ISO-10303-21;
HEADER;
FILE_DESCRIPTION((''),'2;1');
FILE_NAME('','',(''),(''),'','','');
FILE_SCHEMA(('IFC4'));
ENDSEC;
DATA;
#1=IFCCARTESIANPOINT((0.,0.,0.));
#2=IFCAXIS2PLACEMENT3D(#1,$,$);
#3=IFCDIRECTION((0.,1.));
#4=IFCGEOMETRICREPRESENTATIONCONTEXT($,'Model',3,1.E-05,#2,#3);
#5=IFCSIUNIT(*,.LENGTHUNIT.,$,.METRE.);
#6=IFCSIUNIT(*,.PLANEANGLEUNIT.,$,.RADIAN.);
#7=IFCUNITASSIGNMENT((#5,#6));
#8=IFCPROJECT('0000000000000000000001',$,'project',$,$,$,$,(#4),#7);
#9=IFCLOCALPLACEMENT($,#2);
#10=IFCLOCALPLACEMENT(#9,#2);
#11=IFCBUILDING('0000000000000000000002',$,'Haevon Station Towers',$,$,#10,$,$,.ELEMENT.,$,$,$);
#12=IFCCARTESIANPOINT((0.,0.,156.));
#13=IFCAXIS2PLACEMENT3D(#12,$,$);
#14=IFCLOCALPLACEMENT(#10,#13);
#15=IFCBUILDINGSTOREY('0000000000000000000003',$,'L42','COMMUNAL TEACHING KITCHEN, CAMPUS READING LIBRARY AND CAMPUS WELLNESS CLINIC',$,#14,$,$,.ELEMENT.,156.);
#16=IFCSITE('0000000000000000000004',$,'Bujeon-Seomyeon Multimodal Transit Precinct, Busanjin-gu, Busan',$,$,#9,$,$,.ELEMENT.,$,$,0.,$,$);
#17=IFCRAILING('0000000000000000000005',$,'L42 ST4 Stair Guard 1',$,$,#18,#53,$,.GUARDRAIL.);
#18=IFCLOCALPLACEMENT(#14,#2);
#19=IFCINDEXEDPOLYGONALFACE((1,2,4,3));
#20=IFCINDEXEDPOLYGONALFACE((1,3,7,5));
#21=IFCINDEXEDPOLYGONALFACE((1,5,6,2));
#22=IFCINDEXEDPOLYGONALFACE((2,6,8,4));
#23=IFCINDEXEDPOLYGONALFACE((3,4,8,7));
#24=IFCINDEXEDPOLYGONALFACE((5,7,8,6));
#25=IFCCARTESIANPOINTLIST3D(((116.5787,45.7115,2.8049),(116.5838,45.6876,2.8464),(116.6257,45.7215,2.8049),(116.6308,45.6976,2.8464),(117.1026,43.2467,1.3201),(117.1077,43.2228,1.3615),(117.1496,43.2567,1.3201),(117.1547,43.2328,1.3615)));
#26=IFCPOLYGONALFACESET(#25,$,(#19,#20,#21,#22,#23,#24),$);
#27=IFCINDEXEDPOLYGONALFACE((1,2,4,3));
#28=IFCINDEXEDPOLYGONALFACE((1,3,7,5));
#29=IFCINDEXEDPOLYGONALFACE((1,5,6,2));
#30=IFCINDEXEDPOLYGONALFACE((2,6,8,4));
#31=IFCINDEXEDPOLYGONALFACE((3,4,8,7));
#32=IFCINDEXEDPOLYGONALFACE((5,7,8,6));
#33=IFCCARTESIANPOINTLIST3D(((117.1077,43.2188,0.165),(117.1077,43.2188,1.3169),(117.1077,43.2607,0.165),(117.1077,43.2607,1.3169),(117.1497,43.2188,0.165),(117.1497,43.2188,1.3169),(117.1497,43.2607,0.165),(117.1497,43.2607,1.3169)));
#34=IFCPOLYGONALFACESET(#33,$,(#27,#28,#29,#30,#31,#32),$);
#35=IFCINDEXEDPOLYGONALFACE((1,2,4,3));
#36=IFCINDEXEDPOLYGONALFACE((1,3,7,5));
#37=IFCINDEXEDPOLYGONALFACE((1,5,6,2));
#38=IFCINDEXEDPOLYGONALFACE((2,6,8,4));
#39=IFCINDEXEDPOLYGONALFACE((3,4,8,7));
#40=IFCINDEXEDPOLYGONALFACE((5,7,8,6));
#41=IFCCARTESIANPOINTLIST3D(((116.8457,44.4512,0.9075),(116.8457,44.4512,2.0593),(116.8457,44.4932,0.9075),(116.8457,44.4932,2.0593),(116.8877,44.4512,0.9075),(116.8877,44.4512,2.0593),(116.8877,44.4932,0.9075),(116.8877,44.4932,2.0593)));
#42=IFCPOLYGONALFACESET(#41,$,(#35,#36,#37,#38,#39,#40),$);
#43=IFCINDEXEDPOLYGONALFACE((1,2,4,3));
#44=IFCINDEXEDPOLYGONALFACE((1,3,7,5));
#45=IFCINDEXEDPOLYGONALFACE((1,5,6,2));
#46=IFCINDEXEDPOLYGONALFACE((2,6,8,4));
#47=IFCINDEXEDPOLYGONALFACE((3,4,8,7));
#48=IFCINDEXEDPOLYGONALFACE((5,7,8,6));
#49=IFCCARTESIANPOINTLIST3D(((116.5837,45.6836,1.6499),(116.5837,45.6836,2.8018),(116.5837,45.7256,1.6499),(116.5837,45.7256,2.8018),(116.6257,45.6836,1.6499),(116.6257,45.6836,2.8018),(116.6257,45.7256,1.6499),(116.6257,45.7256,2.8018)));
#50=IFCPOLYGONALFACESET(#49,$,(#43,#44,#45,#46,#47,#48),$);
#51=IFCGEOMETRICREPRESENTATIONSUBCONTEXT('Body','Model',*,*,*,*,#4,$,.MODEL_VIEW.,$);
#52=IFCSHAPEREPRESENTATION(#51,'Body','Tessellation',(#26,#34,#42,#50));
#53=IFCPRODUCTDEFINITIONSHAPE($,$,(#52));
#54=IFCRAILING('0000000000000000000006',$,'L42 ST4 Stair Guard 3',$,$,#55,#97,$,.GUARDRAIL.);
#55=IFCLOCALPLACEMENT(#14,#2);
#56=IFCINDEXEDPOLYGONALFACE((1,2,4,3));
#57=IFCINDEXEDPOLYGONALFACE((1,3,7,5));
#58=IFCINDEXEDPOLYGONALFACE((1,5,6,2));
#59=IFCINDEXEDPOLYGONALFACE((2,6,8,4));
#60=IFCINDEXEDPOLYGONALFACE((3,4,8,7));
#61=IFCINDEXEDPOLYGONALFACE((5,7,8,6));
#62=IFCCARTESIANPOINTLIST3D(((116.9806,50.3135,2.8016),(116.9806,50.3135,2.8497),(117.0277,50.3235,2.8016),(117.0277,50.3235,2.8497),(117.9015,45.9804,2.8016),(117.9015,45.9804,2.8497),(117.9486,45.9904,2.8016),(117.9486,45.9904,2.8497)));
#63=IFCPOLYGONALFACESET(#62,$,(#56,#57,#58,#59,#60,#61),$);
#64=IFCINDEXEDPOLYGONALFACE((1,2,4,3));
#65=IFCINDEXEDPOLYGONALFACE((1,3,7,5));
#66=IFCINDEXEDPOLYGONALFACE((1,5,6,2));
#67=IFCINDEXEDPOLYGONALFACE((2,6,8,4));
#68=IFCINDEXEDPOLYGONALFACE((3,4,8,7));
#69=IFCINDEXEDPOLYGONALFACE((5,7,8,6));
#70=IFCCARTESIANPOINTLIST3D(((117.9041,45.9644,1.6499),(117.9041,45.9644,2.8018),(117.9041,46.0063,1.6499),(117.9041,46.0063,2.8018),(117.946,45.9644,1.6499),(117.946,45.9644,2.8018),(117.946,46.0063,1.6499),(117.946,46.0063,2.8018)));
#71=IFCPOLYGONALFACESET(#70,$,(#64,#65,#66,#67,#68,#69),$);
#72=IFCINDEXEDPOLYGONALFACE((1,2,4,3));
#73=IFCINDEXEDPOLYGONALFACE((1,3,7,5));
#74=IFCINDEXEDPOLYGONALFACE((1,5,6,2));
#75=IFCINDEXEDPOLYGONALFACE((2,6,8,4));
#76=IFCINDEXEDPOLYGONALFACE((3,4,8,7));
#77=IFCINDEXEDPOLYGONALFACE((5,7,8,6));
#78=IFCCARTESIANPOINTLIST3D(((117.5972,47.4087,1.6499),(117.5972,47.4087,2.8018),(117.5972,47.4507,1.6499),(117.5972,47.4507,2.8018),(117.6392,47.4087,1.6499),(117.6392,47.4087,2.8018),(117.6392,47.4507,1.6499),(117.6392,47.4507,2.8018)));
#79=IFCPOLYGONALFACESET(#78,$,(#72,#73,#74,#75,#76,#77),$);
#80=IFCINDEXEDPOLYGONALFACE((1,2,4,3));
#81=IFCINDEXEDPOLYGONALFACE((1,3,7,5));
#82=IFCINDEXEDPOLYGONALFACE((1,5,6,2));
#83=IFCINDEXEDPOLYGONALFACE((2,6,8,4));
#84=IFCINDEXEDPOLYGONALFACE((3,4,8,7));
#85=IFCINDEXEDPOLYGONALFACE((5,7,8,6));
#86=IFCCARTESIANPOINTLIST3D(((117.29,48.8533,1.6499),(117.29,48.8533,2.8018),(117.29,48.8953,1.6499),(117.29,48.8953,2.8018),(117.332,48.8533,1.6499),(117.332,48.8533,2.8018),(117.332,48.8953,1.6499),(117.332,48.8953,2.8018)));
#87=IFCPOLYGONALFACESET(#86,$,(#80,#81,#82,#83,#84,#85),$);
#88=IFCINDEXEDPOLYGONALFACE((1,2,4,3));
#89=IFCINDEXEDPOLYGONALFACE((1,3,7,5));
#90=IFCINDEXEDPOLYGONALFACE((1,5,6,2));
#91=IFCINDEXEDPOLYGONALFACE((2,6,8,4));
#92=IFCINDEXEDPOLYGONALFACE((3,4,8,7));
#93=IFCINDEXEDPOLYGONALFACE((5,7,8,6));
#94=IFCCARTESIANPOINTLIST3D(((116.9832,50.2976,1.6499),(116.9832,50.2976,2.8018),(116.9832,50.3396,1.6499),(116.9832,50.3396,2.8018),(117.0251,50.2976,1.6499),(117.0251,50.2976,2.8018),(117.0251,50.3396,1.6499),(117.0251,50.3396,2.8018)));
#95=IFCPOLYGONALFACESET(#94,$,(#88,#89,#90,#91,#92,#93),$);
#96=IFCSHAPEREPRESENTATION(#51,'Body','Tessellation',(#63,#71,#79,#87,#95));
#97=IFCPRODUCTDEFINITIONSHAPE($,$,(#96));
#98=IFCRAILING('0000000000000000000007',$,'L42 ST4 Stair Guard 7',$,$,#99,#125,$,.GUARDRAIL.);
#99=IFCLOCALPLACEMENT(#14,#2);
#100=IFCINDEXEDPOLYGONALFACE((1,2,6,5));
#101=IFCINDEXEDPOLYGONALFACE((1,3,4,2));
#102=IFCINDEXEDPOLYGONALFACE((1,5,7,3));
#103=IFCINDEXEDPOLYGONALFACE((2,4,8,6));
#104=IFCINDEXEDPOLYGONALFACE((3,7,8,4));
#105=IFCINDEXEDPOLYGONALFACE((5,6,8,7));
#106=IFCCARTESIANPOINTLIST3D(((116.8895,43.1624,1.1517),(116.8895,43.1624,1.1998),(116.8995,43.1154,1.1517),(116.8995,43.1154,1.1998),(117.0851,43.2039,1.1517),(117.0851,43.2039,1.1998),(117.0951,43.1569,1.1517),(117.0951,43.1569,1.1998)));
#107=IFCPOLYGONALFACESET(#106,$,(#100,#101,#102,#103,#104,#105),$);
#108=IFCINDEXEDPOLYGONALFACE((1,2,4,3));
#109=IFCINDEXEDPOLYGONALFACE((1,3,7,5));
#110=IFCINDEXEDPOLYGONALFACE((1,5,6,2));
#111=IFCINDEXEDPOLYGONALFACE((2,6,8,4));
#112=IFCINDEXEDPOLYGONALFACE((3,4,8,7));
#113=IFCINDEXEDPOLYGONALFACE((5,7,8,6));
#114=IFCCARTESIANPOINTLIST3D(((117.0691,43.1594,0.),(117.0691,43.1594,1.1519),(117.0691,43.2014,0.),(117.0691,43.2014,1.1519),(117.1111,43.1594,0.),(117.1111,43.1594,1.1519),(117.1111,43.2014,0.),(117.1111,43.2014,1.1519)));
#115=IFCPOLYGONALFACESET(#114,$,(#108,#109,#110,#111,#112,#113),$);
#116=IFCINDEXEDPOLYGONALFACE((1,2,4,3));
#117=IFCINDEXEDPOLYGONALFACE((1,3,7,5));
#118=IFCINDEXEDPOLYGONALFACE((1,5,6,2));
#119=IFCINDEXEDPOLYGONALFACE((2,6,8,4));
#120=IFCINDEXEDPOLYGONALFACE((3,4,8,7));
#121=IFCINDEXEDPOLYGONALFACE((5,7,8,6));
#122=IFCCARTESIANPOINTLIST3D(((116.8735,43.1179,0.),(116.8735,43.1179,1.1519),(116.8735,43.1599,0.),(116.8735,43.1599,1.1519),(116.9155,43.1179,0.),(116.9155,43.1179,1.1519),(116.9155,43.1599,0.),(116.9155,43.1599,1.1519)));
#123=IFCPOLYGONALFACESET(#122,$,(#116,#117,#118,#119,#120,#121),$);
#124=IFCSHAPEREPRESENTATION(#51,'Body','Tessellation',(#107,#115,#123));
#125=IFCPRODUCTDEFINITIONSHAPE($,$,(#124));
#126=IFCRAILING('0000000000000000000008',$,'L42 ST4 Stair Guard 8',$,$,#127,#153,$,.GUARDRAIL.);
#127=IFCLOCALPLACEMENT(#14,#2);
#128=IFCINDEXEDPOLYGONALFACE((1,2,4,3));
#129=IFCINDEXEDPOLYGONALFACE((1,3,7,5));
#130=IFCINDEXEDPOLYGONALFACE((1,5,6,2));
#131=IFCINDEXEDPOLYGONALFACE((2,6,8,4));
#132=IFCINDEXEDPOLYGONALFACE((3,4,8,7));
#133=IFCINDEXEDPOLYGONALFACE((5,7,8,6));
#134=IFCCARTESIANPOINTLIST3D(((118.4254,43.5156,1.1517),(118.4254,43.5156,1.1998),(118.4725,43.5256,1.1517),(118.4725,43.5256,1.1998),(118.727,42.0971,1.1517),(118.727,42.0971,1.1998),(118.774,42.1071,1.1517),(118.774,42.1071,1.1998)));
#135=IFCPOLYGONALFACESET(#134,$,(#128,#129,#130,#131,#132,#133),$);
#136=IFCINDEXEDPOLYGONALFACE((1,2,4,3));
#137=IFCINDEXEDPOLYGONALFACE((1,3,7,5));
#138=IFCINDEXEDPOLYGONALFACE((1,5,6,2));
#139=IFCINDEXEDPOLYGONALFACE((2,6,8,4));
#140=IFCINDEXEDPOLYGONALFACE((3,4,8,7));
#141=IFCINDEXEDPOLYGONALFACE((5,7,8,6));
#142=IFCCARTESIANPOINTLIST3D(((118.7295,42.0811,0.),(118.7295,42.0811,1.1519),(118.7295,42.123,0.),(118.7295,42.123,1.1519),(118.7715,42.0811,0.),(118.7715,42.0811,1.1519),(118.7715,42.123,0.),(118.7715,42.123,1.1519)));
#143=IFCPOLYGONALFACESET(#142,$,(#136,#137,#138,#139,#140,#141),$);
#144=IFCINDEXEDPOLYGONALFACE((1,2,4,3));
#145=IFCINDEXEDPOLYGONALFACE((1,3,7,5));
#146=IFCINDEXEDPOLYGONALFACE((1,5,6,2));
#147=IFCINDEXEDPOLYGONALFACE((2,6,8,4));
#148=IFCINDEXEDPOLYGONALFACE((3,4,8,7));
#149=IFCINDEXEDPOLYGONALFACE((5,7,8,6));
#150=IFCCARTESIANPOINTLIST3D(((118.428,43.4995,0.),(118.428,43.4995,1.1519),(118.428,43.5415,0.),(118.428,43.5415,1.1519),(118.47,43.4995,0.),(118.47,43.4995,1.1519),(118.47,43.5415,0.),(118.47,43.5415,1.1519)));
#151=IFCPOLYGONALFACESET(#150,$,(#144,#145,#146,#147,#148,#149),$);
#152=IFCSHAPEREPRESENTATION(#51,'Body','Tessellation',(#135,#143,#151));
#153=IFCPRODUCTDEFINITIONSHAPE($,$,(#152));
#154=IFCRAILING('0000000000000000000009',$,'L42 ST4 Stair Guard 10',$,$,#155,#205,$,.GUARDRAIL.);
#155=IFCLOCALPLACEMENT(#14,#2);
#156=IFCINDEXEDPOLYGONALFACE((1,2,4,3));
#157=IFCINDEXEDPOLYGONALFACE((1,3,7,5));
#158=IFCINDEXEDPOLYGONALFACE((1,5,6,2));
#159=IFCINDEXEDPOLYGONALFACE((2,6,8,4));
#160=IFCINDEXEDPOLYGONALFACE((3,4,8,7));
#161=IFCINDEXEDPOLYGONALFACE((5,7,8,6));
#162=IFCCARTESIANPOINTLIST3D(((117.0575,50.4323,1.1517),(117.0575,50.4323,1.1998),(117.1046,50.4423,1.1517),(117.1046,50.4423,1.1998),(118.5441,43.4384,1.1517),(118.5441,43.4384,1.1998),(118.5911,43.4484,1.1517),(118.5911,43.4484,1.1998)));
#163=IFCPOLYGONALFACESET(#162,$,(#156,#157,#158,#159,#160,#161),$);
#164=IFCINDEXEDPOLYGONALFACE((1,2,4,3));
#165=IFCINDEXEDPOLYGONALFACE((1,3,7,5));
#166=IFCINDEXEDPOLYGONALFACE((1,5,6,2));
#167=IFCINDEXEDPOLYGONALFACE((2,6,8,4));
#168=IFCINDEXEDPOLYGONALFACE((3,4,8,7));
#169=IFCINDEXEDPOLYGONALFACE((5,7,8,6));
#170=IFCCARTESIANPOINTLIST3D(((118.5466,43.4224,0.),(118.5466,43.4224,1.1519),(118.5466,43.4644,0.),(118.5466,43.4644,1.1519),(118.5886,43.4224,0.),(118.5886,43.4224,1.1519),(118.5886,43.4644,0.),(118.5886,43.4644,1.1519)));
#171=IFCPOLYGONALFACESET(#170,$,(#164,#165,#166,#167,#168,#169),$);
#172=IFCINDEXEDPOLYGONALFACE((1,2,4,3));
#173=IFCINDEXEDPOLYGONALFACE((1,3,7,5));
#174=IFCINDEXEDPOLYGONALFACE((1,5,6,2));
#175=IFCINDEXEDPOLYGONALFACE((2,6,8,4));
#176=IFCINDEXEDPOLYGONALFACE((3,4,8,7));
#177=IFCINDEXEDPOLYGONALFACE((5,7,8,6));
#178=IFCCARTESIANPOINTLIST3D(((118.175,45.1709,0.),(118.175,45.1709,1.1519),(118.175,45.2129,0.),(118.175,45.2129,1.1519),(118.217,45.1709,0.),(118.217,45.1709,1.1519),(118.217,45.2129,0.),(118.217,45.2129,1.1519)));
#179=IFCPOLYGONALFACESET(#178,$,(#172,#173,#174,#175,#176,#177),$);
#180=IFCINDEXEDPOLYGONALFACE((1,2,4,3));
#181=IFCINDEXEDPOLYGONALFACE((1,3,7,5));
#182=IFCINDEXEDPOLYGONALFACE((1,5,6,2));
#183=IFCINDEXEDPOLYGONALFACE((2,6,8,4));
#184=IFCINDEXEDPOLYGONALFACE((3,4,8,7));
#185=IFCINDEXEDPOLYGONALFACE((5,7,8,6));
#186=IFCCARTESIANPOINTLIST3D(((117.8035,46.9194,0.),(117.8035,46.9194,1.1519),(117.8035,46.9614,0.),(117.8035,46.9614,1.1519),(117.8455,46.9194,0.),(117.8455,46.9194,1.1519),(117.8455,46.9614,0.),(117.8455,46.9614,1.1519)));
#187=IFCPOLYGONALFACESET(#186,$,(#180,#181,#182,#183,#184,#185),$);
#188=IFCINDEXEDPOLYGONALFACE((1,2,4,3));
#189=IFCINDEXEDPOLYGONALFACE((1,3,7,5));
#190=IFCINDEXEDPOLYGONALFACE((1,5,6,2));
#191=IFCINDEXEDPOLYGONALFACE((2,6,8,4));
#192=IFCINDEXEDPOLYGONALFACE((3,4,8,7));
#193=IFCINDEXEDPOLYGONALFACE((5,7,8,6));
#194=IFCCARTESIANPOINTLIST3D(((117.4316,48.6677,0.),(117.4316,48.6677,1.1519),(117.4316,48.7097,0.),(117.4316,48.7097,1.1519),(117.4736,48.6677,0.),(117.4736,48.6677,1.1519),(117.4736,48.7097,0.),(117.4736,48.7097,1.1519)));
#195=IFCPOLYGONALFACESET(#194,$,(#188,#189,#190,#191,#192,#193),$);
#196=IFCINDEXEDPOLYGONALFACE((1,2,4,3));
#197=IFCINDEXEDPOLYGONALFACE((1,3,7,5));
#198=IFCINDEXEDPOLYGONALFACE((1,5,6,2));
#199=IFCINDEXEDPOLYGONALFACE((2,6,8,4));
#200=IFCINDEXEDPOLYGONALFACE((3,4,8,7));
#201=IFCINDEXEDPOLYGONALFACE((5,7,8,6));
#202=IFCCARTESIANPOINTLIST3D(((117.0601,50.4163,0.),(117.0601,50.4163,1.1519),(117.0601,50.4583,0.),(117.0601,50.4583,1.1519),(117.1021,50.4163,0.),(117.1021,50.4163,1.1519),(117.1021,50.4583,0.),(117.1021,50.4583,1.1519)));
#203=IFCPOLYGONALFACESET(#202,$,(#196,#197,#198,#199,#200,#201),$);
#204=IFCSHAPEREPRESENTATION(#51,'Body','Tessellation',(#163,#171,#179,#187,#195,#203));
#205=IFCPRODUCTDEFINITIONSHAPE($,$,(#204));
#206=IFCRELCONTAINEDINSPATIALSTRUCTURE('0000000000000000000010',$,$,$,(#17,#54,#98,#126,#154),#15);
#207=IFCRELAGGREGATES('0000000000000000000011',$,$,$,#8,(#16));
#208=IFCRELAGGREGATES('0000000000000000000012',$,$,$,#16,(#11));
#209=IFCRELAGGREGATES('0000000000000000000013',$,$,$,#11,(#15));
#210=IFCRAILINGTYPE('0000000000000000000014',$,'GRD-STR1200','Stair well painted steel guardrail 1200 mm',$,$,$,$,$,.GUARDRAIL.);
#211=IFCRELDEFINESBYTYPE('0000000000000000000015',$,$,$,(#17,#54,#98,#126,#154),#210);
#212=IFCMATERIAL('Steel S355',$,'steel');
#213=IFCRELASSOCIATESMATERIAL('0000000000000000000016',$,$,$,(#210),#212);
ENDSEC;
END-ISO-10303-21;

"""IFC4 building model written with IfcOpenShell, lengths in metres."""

from ifc_helpers import new_model, si_unit, direction, frame, origin, origin_2d, place, context, subcontext, project, spatial, rectangle, extrude, material, type_object, element, save


model = new_model("IFC4")

# Units and contexts
model_context = context("Model", 3, precision=1e-05, world=origin(), true_north=direction((0.0, 1.0)))
body_context = subcontext(model_context, "Body", "Model", "MODEL_VIEW")
ifc_project = project(units=[si_unit("LENGTHUNIT", "METRE"), si_unit("PLANEANGLEUNIT", "RADIAN")], contexts=[model_context])

# Site, building, storey
site_placement = place(None, origin())
site = spatial("IfcSite", under=ifc_project, at=site_placement, Name="Bujeon-Seomyeon Multimodal Transit Precinct, Busanjin-gu, Busan", CompositionType="ELEMENT", RefElevation=0.0)
building_placement = place(site_placement, origin())
building = spatial("IfcBuilding", under=site, at=building_placement, Name="Haevon Station Towers", CompositionType="ELEMENT")
storey_placement = place(building_placement, frame((0.0, 0.0, 156.0)))
storey = spatial("IfcBuildingStorey", under=building, at=storey_placement, Name="L42", Description="COMMUNAL TEACHING KITCHEN, CAMPUS READING LIBRARY AND CAMPUS WELLNESS CLINIC", CompositionType="ELEMENT", Elevation=156.0)

# Shared definitions
ifc_material_1 = material(Name="Steel S355", Category="steel")

# Railings
railing_type_1 = type_object("IfcRailingType", Name="GRD-STR1200", Description="Stair well painted steel guardrail 1200 mm", PredefinedType="GUARDRAIL", material=ifc_material_1)
railing_1_placement = place(storey_placement, frame((117.1287, 43.2397, 0.165)))
element("IfcRailing", 1, at=railing_1_placement, inside=storey, type_object=railing_type_1, Name="L42 ST4 Stair Guard 1", PredefinedType="GUARDRAIL", context=body_context, shape_type="SweptSolid", body=[
    extrude(rectangle(XDim=0.0481, YDim=0.0481, at=origin_2d()), frame((0.0, 0.0, 1.1758), z_axis=(-0.179129, 0.842724, 0.507671), x_axis=(-0.978147, -0.207914, 0.0)), (0.0, 0.0, 1.0), 2.9248),
    extrude(rectangle(XDim=0.042, YDim=0.042, at=origin_2d()), origin(), (0.0, 0.0, 1.0), 1.1519),
    extrude(rectangle(XDim=0.042, YDim=0.042, at=origin_2d()), frame((-0.262, 1.2324, 0.7424)), (0.0, 0.0, 1.0), 1.1519),
    extrude(rectangle(XDim=0.042, YDim=0.042, at=origin_2d()), frame((-0.5239, 2.4648, 1.4849)), (0.0, 0.0, 1.0), 1.1519),
])
railing_2_placement = place(storey_placement, frame((117.925, 45.9854, 1.6499)))
element("IfcRailing", 2, at=railing_2_placement, inside=storey, type_object=railing_type_1, Name="L42 ST4 Stair Guard 3", PredefinedType="GUARDRAIL", context=body_context, shape_type="SweptSolid", body=[
    extrude(rectangle(XDim=0.0481, YDim=0.0481, at=origin_2d()), frame((0.0, 0.0, 1.1758), z_axis=(-0.207877, 0.978155, 0.0), x_axis=(-0.978155, -0.207877, 0.0)), (0.0, 0.0, 1.0), 4.4299),
    extrude(rectangle(XDim=0.042, YDim=0.042, at=origin_2d()), origin(), (0.0, 0.0, 1.0), 1.1519),
    extrude(rectangle(XDim=0.042, YDim=0.042, at=origin_2d()), frame((-0.3069, 1.4443, 0.0)), (0.0, 0.0, 1.0), 1.1519),
    extrude(rectangle(XDim=0.042, YDim=0.042, at=origin_2d()), frame((-0.614, 2.8889, 0.0)), (0.0, 0.0, 1.0), 1.1519),
    extrude(rectangle(XDim=0.042, YDim=0.042, at=origin_2d()), frame((-0.9209, 4.3333, 0.0)), (0.0, 0.0, 1.0), 1.1519),
])
railing_3_placement = place(storey_placement, frame((117.0901, 43.1804, 0.0)))
element("IfcRailing", 3, at=railing_3_placement, inside=storey, type_object=railing_type_1, Name="L42 ST4 Stair Guard 7", PredefinedType="GUARDRAIL", context=body_context, shape_type="SweptSolid", body=[
    extrude(rectangle(XDim=0.0481, YDim=0.0481, at=origin_2d()), frame((0.0, 0.0, 1.1758), z_axis=(-0.978212, -0.20761, 0.0), x_axis=(0.20761, -0.978212, 0.0)), (0.0, 0.0, 1.0), 0.2),
    extrude(rectangle(XDim=0.042, YDim=0.042, at=origin_2d()), origin(), (0.0, 0.0, 1.0), 1.1519),
    extrude(rectangle(XDim=0.042, YDim=0.042, at=origin_2d()), frame((-0.1956, -0.0415, 0.0)), (0.0, 0.0, 1.0), 1.1519),
])
railing_4_placement = place(storey_placement, frame((118.7505, 42.1021, 0.0)))
element("IfcRailing", 4, at=railing_4_placement, inside=storey, type_object=railing_type_1, Name="L42 ST4 Stair Guard 8", PredefinedType="GUARDRAIL", context=body_context, shape_type="SweptSolid", body=[
    extrude(rectangle(XDim=0.0481, YDim=0.0481, at=origin_2d()), frame((0.0, 0.0, 1.1758), z_axis=(-0.207919, 0.978146, 0.0), x_axis=(-0.978146, -0.207919, 0.0)), (0.0, 0.0, 1.0), 1.4502),
    extrude(rectangle(XDim=0.042, YDim=0.042, at=origin_2d()), origin(), (0.0, 0.0, 1.0), 1.1519),
    extrude(rectangle(XDim=0.042, YDim=0.042, at=origin_2d()), frame((-0.3015, 1.4185, 0.0)), (0.0, 0.0, 1.0), 1.1519),
])
railing_5_placement = place(storey_placement, frame((118.5676, 43.4434, 0.0)))
element("IfcRailing", 5, at=railing_5_placement, inside=storey, type_object=railing_type_1, Name="L42 ST4 Stair Guard 10", PredefinedType="GUARDRAIL", context=body_context, shape_type="SweptSolid", body=[
    extrude(rectangle(XDim=0.0481, YDim=0.0481, at=origin_2d()), frame((0.0, 0.0, 1.1758), z_axis=(-0.207908, 0.978148, 0.0), x_axis=(-0.978148, -0.207908, 0.0)), (0.0, 0.0, 1.0), 7.1501),
    extrude(rectangle(XDim=0.042, YDim=0.042, at=origin_2d()), origin(), (0.0, 0.0, 1.0), 1.1519),
    extrude(rectangle(XDim=0.042, YDim=0.042, at=origin_2d()), frame((-0.3716, 1.7485, 0.0)), (0.0, 0.0, 1.0), 1.1519),
    extrude(rectangle(XDim=0.042, YDim=0.042, at=origin_2d()), frame((-0.7432, 3.4971, 0.0)), (0.0, 0.0, 1.0), 1.1519),
    extrude(rectangle(XDim=0.042, YDim=0.042, at=origin_2d()), frame((-1.115, 5.2454, 0.0)), (0.0, 0.0, 1.0), 1.1519),
    extrude(rectangle(XDim=0.042, YDim=0.042, at=origin_2d()), frame((-1.4866, 6.9939, 0.0)), (0.0, 0.0, 1.0), 1.1519),
])

save(model, "model.ifc")
